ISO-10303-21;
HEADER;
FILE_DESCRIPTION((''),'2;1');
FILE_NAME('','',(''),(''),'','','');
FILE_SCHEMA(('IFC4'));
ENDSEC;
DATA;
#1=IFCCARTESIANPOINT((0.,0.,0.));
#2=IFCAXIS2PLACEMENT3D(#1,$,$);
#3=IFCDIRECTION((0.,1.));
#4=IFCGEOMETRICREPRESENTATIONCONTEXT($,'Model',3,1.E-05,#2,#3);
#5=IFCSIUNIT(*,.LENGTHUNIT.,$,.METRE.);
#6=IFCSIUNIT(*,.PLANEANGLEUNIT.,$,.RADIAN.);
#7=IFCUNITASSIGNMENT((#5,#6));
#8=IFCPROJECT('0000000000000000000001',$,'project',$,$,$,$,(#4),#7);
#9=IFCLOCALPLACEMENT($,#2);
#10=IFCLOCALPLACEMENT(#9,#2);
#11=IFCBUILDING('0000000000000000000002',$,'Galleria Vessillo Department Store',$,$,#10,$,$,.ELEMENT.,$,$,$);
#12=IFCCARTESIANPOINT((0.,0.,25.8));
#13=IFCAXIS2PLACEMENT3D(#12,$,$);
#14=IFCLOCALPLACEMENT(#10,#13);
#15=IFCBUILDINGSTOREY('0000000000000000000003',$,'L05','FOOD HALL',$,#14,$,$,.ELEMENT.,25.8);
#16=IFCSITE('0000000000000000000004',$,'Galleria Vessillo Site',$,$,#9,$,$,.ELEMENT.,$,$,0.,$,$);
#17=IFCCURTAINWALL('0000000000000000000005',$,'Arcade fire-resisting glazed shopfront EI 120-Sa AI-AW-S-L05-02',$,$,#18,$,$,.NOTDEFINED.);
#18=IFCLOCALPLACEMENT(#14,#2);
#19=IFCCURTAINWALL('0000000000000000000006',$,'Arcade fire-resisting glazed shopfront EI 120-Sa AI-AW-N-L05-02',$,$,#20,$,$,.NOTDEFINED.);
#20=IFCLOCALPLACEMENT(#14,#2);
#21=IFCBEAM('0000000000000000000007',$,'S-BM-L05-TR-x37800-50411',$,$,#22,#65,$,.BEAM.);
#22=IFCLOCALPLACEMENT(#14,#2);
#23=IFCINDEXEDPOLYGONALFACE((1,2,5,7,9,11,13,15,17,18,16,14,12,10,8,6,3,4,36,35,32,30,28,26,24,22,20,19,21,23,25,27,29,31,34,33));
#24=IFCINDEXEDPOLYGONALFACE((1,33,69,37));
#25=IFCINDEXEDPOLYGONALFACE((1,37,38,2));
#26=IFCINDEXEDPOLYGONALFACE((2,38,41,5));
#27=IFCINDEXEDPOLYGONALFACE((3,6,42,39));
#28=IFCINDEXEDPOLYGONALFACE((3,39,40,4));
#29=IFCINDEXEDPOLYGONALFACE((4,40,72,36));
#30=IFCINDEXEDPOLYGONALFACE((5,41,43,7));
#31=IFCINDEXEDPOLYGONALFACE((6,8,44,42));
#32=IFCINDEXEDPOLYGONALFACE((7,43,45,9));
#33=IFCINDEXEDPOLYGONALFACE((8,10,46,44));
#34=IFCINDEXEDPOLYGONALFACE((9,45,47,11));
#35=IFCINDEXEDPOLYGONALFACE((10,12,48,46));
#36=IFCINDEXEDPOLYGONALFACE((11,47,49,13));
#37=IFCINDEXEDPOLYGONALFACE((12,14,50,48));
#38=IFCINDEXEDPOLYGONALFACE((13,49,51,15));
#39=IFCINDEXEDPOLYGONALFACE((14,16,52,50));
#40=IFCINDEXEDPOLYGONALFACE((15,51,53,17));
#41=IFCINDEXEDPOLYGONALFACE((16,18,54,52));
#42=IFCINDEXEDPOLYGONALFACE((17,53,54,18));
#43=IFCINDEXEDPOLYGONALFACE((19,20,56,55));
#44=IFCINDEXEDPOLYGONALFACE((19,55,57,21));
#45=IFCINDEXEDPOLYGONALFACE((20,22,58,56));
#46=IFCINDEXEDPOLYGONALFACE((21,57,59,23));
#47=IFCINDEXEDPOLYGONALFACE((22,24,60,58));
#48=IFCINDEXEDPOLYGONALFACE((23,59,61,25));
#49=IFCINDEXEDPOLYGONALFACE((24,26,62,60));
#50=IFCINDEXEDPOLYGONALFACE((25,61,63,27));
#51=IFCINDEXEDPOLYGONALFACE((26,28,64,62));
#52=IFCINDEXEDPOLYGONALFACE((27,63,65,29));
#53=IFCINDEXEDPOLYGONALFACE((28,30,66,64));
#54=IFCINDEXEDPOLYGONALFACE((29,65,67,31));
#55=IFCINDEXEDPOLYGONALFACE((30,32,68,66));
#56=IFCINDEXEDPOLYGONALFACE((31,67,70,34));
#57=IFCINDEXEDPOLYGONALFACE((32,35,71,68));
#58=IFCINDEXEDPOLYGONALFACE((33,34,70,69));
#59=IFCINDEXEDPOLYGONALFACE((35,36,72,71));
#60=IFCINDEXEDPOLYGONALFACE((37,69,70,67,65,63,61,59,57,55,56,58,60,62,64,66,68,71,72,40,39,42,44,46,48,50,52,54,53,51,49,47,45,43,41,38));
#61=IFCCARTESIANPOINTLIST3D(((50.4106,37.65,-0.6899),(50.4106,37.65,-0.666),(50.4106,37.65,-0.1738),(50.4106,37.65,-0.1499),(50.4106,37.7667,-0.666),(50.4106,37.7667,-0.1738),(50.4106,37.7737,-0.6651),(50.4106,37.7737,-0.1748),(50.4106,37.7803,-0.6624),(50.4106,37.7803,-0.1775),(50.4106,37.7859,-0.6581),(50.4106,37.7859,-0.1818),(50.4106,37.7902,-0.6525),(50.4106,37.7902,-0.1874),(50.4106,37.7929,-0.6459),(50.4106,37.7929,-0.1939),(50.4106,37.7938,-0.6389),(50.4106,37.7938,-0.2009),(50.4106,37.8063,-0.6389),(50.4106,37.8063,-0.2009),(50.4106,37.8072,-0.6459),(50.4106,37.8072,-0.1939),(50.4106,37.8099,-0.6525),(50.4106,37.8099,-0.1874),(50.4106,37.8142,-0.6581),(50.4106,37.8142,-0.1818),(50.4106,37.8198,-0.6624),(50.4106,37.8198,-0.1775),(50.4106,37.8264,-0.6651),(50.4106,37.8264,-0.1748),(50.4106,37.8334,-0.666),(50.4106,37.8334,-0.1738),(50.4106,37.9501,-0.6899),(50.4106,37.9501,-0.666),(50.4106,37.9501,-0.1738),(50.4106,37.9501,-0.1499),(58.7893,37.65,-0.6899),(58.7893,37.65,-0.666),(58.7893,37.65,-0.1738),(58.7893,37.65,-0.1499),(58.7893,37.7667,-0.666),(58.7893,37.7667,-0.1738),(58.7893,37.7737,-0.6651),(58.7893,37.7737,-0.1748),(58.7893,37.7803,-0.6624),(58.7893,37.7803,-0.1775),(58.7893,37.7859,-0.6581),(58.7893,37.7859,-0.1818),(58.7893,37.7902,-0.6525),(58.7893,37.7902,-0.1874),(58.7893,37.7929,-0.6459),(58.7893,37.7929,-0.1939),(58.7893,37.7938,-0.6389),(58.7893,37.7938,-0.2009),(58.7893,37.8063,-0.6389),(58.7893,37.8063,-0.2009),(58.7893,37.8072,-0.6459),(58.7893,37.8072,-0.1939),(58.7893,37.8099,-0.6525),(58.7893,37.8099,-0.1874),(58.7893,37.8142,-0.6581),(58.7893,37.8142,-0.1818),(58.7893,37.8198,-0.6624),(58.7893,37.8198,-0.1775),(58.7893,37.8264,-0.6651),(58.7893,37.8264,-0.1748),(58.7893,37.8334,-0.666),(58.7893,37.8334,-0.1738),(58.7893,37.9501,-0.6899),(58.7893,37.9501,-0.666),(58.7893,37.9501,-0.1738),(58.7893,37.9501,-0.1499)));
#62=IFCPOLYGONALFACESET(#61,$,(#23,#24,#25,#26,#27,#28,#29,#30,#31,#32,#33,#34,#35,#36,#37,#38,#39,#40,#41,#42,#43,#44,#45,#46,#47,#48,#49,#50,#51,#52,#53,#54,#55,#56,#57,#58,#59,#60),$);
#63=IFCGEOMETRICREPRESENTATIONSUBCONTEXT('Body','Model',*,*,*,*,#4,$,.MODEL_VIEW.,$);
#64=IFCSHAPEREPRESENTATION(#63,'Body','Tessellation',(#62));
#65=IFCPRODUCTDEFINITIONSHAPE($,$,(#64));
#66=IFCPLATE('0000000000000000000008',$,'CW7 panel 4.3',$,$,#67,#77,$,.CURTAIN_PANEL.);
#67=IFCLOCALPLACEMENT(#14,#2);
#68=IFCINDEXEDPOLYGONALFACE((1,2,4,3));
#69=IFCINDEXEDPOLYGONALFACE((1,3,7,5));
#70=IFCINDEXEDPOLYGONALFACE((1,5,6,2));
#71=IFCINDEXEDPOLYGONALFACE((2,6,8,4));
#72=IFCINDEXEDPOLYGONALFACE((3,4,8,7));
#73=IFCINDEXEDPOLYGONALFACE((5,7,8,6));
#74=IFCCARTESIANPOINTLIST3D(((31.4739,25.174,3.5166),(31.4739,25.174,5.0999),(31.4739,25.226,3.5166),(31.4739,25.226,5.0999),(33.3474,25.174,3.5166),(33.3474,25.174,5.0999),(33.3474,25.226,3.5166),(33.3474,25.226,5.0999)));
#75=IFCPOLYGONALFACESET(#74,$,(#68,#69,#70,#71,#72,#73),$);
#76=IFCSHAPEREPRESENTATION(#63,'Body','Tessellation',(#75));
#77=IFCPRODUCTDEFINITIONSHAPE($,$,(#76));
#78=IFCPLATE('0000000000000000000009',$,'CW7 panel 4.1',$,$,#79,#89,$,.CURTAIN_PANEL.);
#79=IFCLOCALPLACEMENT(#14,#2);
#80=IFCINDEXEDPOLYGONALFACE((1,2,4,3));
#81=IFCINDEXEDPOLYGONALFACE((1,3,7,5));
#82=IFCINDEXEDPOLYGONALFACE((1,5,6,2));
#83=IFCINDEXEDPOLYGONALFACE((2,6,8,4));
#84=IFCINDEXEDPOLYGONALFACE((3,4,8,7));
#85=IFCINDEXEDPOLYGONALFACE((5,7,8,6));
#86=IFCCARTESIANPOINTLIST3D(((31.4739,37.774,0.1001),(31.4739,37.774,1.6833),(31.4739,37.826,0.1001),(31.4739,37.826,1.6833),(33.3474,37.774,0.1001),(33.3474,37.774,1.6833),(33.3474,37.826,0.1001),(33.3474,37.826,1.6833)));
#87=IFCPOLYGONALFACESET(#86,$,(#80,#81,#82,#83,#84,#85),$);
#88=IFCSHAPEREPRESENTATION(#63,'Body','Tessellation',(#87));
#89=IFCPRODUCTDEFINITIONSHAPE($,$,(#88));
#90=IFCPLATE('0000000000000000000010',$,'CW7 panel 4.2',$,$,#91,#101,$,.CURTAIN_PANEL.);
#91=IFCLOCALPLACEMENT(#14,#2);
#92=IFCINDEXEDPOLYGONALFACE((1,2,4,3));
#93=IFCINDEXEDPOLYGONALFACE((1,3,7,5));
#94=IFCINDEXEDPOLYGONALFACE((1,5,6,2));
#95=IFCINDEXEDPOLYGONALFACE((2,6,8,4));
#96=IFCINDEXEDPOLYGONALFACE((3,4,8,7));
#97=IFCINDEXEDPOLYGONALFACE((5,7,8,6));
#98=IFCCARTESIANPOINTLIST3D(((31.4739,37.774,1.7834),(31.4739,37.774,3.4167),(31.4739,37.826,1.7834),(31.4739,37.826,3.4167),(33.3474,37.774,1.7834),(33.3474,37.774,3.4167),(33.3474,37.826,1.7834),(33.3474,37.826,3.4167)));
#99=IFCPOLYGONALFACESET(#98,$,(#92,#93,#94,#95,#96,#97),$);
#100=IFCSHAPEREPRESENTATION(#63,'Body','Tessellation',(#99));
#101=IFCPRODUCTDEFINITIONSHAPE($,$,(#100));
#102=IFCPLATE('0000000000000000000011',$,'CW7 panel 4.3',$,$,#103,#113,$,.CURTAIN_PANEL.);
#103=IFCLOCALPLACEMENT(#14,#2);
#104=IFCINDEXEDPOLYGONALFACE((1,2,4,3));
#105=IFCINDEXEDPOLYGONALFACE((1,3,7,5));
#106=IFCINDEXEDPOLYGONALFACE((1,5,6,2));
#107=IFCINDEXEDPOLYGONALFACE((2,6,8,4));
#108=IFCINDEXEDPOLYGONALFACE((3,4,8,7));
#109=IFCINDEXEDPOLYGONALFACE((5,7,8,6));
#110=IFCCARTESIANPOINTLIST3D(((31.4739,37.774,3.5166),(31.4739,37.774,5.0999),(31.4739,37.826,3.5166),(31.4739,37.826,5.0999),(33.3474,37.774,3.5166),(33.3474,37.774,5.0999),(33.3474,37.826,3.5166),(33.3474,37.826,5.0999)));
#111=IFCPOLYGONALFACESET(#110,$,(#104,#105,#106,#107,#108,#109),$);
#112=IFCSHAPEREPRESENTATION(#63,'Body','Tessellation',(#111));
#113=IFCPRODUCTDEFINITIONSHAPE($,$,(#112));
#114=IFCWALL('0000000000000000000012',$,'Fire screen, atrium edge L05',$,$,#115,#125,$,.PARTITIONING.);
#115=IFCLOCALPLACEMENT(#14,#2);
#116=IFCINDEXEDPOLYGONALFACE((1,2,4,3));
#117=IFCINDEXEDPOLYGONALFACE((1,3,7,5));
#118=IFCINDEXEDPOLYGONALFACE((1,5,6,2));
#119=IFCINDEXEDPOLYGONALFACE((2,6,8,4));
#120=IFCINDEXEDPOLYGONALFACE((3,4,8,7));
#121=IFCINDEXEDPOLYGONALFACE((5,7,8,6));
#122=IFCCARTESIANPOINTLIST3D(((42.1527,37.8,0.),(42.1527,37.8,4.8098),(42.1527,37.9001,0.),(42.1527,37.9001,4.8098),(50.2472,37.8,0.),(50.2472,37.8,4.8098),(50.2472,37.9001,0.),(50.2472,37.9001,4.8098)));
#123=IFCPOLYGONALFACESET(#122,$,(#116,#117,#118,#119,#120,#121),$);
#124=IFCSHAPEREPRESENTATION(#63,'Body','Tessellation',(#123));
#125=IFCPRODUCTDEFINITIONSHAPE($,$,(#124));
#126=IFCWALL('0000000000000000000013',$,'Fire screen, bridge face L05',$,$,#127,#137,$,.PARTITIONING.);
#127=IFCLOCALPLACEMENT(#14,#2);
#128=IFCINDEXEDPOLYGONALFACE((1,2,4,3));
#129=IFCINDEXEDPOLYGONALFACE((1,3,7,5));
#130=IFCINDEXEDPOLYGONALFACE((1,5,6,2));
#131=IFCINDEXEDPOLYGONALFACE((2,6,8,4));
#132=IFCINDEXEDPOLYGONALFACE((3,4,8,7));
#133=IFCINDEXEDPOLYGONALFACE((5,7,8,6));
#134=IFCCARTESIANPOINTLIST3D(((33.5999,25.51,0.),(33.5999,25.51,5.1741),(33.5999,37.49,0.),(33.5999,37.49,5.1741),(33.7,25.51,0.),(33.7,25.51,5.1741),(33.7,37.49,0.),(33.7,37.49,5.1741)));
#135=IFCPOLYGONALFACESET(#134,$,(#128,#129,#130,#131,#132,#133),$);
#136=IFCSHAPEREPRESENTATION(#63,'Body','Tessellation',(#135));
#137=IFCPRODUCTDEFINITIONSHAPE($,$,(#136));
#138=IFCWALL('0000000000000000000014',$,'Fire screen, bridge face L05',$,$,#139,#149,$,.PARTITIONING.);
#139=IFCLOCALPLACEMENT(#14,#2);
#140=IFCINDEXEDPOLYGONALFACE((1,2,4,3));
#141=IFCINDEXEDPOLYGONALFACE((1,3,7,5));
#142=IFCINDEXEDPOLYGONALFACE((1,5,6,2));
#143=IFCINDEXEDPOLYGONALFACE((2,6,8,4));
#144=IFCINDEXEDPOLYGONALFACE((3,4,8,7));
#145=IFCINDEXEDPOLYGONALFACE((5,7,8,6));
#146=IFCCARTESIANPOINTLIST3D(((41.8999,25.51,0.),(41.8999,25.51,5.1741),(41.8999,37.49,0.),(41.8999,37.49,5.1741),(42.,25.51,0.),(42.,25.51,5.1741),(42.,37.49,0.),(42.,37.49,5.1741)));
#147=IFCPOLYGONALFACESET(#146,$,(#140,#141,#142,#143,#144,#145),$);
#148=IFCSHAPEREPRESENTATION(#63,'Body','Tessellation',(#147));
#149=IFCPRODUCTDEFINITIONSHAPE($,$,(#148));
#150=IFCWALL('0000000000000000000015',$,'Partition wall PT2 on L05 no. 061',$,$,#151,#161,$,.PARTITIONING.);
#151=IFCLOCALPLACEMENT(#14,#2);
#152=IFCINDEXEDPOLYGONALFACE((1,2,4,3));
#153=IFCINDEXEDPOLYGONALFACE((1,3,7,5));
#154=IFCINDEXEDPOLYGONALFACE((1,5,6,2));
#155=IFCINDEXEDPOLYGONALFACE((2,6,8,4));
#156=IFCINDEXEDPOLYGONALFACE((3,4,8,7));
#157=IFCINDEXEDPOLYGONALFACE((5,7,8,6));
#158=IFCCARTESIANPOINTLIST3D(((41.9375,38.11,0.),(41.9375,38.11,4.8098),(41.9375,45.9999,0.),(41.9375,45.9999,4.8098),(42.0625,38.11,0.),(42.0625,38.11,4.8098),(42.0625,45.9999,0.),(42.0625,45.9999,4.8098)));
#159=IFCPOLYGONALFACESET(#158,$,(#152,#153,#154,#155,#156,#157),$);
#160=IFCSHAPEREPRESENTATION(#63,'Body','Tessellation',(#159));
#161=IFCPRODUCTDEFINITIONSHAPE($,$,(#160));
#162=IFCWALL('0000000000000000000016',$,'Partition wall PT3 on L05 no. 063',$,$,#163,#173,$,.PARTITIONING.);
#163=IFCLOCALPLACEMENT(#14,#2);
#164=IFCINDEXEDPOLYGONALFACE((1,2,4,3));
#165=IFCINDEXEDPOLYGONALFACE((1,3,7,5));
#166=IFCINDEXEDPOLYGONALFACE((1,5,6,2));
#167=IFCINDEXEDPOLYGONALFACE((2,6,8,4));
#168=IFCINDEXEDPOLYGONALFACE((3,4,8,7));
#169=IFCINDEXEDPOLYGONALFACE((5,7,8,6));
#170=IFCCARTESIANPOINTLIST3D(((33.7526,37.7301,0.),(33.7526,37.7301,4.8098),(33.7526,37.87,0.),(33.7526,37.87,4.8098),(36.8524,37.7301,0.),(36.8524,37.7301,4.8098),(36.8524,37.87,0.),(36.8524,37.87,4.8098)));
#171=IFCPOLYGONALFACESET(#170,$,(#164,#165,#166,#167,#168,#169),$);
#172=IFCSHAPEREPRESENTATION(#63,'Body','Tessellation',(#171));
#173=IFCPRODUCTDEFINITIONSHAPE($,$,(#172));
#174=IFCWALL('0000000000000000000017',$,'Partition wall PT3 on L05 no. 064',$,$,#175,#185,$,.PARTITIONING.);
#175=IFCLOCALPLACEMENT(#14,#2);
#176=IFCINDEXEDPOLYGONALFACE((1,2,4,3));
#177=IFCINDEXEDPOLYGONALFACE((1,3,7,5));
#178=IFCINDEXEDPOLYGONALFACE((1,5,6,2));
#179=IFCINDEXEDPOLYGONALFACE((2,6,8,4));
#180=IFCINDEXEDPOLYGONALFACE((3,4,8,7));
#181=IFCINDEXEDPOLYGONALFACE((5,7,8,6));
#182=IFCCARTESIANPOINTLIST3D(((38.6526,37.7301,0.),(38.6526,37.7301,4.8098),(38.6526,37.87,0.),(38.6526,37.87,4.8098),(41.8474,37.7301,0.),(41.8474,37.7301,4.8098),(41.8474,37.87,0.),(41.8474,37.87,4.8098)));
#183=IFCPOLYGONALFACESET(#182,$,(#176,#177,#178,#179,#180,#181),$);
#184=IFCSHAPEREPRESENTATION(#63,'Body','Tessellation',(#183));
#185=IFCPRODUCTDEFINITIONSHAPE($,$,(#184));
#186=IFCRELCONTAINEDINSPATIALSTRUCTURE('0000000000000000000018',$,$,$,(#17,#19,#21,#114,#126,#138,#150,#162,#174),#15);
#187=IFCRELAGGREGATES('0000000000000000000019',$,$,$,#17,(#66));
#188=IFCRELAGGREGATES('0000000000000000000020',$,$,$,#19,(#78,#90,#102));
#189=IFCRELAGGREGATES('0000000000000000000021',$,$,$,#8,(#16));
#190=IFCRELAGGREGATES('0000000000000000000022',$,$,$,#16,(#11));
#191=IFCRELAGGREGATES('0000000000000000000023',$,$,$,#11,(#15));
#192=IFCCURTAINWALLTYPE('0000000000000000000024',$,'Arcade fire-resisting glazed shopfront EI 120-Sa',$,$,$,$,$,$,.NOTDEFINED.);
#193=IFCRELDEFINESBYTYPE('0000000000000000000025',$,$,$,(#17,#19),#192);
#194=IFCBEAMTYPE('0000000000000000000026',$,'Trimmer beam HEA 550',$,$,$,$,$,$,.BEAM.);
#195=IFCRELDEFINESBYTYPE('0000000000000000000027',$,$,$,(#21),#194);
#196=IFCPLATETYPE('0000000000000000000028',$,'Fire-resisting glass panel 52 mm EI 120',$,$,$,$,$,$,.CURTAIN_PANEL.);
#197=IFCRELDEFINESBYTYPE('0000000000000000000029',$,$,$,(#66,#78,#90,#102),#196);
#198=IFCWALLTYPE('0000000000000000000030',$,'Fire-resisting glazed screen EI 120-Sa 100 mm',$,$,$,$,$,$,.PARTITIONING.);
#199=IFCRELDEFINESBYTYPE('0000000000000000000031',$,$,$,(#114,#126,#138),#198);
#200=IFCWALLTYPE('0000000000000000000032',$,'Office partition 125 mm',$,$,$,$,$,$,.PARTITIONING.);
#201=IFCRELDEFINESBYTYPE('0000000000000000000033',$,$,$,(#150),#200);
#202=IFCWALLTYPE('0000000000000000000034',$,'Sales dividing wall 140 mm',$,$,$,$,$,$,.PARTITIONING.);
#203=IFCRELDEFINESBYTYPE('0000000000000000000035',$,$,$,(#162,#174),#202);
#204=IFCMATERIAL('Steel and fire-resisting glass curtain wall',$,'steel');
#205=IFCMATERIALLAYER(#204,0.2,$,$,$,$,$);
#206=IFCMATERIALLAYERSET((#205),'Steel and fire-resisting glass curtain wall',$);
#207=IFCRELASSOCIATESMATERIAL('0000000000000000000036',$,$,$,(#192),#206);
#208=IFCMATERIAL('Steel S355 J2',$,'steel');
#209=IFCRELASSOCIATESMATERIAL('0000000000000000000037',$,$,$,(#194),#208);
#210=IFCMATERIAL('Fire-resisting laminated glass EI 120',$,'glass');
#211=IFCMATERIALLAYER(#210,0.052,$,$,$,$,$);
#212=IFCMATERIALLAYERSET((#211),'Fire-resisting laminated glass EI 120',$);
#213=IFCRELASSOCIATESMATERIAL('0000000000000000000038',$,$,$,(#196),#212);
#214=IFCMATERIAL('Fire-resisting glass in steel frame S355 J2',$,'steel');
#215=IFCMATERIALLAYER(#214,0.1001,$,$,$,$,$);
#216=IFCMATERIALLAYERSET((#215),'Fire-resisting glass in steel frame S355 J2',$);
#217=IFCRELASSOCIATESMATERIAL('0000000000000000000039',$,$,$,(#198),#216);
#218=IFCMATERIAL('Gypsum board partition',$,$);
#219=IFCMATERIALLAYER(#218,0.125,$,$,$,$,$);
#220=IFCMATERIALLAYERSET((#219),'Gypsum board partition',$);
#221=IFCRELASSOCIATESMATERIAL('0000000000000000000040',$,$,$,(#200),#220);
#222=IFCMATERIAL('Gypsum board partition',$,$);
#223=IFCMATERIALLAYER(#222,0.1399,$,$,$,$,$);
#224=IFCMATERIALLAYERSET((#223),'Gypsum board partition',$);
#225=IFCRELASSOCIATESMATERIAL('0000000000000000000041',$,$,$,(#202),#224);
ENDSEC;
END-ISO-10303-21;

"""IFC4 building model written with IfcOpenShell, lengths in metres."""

from ifc_helpers import new_model, si_unit, direction, frame, frame_2d, origin, origin_2d, place, context, subcontext, project, spatial, rectangle, i_section, extrude, material, layer, layer_set, material_profile, profile_set, type_object, element, aggregate, save


model = new_model("IFC4")

# Units and contexts
model_context = context("Model", 3, precision=1e-05, world=origin(), true_north=direction((0.0, 1.0)))
body_context = subcontext(model_context, "Body", "Model", "MODEL_VIEW")
ifc_project = project(units=[si_unit("LENGTHUNIT", "METRE"), si_unit("PLANEANGLEUNIT", "RADIAN")], contexts=[model_context])

# Site, building, storey
site_placement = place(None, origin())
site = spatial("IfcSite", under=ifc_project, at=site_placement, Name="Galleria Vessillo Site", CompositionType="ELEMENT", RefElevation=0.0)
building_placement = place(site_placement, origin())
building = spatial("IfcBuilding", under=site, at=building_placement, Name="Galleria Vessillo Department Store", CompositionType="ELEMENT")
storey_placement = place(building_placement, frame((0.0, 0.0, 25.8)))
storey = spatial("IfcBuildingStorey", under=building, at=storey_placement, Name="L05", Description="FOOD HALL", CompositionType="ELEMENT", Elevation=25.8)

# Curtain walls
ifc_material_1 = material(Name="Steel and fire-resisting glass curtain wall", Category="steel")
ifc_layer_1 = layer(ifc_material_1, 0.2)
ifc_layer_set_1 = layer_set([ifc_layer_1], Name="Steel and fire-resisting glass curtain wall")
curtain_wall_type = type_object("IfcCurtainWallType", Name="Arcade fire-resisting glazed shopfront EI 120-Sa", PredefinedType="NOTDEFINED", material=ifc_layer_set_1)
curtain_wall_1_placement = place(storey_placement, origin())
curtain_wall_1 = element("IfcCurtainWall", 1, at=curtain_wall_1_placement, inside=storey, type_object=curtain_wall_type, Name="Arcade fire-resisting glazed shopfront EI 120-Sa AI-AW-S-L05-02", PredefinedType="NOTDEFINED")
curtain_wall_2_placement = place(storey_placement, origin())
curtain_wall_2 = element("IfcCurtainWall", 2, at=curtain_wall_2_placement, inside=storey, type_object=curtain_wall_type, Name="Arcade fire-resisting glazed shopfront EI 120-Sa AI-AW-N-L05-02", PredefinedType="NOTDEFINED")

# Beam
ifc_material_2 = material(Name="Steel S355 J2", Category="steel")
ifc_material_profile_1 = material_profile(ifc_material_2, i_section(OverallWidth=0.3, OverallDepth=0.54, WebThickness=0.0125, FlangeThickness=0.0239, FilletRadius=0.0271, at=origin_2d()), Name="HEA 550")
ifc_profile_set_1 = profile_set([ifc_material_profile_1], Name="Steel S355 J2")
beam_type_1 = type_object("IfcBeamType", Name="Trimmer beam HEA 550", PredefinedType="BEAM", material=ifc_profile_set_1)
for number, where, z_axis, x_axis, name in (
    (3, (50.4106, 37.8, -0.4199), (1.0, 0.0, 0.0), (0.0, 1.0, 0.0), "S-BM-L05-TR-x37800-50411"),
):
    element("IfcBeam", number, at=place(storey_placement, frame(where, z_axis=z_axis, x_axis=x_axis)), inside=storey, type_object=beam_type_1, Name=name, PredefinedType="BEAM", context=body_context, shape_type="SweptSolid", body=[
        extrude(i_section(OverallWidth=0.3, OverallDepth=0.54, WebThickness=0.0125, FlangeThickness=0.0239, FilletRadius=0.0271, at=origin_2d()), origin(), (0.0, 0.0, 1.0), 8.3787),
    ])

# Plates
ifc_material_3 = material(Name="Fire-resisting laminated glass EI 120", Category="glass")
ifc_layer_2 = layer(ifc_material_3, 0.052)
ifc_layer_set_2 = layer_set([ifc_layer_2], Name="Fire-resisting laminated glass EI 120")
plate_type = type_object("IfcPlateType", Name="Fire-resisting glass panel 52 mm EI 120", PredefinedType="CURTAIN_PANEL", material=ifc_layer_set_2)
plate_1_placement = place(storey_placement, frame((32.4106, 25.2, 3.5166), z_axis=(0.0, 0.0, 1.0), x_axis=(1.0, 0.0, 0.0)))
plate_1 = element("IfcPlate", 4, at=plate_1_placement, type_object=plate_type, Name="CW7 panel 4.3", PredefinedType="CURTAIN_PANEL", context=body_context, shape_type="SweptSolid", body=[
    extrude(rectangle(XDim=1.8735, YDim=0.052, at=origin_2d()), origin(), (0.0, 0.0, 1.0), 1.5833),
])
aggregate(curtain_wall_1, [plate_1])
plate_2_placement = place(storey_placement, frame((32.4106, 37.8, 0.1001), z_axis=(0.0, 0.0, 1.0), x_axis=(1.0, 0.0, 0.0)))
plate_2 = element("IfcPlate", 5, at=plate_2_placement, type_object=plate_type, Name="CW7 panel 4.1", PredefinedType="CURTAIN_PANEL", context=body_context, shape_type="SweptSolid", body=[
    extrude(rectangle(XDim=1.8735, YDim=0.052, at=origin_2d()), origin(), (0.0, 0.0, 1.0), 1.5833),
])
plate_3_placement = place(storey_placement, frame((32.4106, 37.8, 1.7834), z_axis=(0.0, 0.0, 1.0), x_axis=(1.0, 0.0, 0.0)))
plate_3 = element("IfcPlate", 6, at=plate_3_placement, type_object=plate_type, Name="CW7 panel 4.2", PredefinedType="CURTAIN_PANEL", context=body_context, shape_type="SweptSolid", body=[
    extrude(rectangle(XDim=1.8735, YDim=0.052, at=origin_2d()), origin(), (0.0, 0.0, 1.0), 1.6333),
])
plate_4_placement = place(storey_placement, frame((32.4106, 37.8, 3.5166), z_axis=(0.0, 0.0, 1.0), x_axis=(1.0, 0.0, 0.0)))
plate_4 = element("IfcPlate", 7, at=plate_4_placement, type_object=plate_type, Name="CW7 panel 4.3", PredefinedType="CURTAIN_PANEL", context=body_context, shape_type="SweptSolid", body=[
    extrude(rectangle(XDim=1.8735, YDim=0.052, at=origin_2d()), origin(), (0.0, 0.0, 1.0), 1.5833),
])
aggregate(curtain_wall_2, [plate_2, plate_3, plate_4])

# Walls
ifc_material_4 = material(Name="Fire-resisting glass in steel frame S355 J2", Category="steel")
ifc_layer_3 = layer(ifc_material_4, 0.1001)
ifc_layer_set_3 = layer_set([ifc_layer_3], Name="Fire-resisting glass in steel frame S355 J2")
wall_type_1 = type_object("IfcWallType", Name="Fire-resisting glazed screen EI 120-Sa 100 mm", PredefinedType="PARTITIONING", material=ifc_layer_set_3)
wall_1_placement = place(storey_placement, frame((42.1526, 37.8501, 0.0), z_axis=(0.0, 0.0, 1.0), x_axis=(1.0, 0.0, 0.0)))
element("IfcWall", 8, at=wall_1_placement, inside=storey, type_object=wall_type_1, Name="Fire screen, atrium edge L05", PredefinedType="PARTITIONING", context=body_context, shape_type="SweptSolid", body=[
    extrude(rectangle(XDim=8.0945, YDim=0.1001, at=frame_2d((4.0474, 0.0))), origin(), (0.0, 0.0, 1.0), 4.8098),
])
for number, where, z_axis, x_axis, name in (
    (9, (33.6499, 25.51, 0.0), (0.0, 0.0, 1.0), (0.0, 1.0, 0.0), "Fire screen, bridge face L05"),
    (10, (41.95, 25.51, 0.0), (0.0, 0.0, 1.0), (0.0, 1.0, 0.0), "Fire screen, bridge face L05"),
):
    element("IfcWall", number, at=place(storey_placement, frame(where, z_axis=z_axis, x_axis=x_axis)), inside=storey, type_object=wall_type_1, Name=name, PredefinedType="PARTITIONING", context=body_context, shape_type="SweptSolid", body=[
        extrude(rectangle(XDim=11.98, YDim=0.1001, at=frame_2d((5.99, 0.0))), origin(), (0.0, 0.0, 1.0), 5.1741),
    ])
ifc_material_5 = material(Name="Gypsum board partition")
ifc_layer_4 = layer(ifc_material_5, 0.125)
ifc_layer_set_4 = layer_set([ifc_layer_4], Name="Gypsum board partition")
wall_type_2 = type_object("IfcWallType", Name="Office partition 125 mm", PredefinedType="PARTITIONING", material=ifc_layer_set_4)
wall_2_placement = place(storey_placement, frame((42.0, 38.1101, 0.0), z_axis=(0.0, 0.0, 1.0), x_axis=(0.0, 1.0, 0.0)))
element("IfcWall", 11, at=wall_2_placement, inside=storey, type_object=wall_type_2, Name="Partition wall PT2 on L05 no. 061", PredefinedType="PARTITIONING", context=body_context, shape_type="SweptSolid", body=[
    extrude(rectangle(XDim=7.8899, YDim=0.125, at=frame_2d((3.9448, 0.0))), origin(), (0.0, 0.0, 1.0), 4.8098),
])
ifc_material_6 = material(Name="Gypsum board partition")
ifc_layer_5 = layer(ifc_material_6, 0.1399)
ifc_layer_set_5 = layer_set([ifc_layer_5], Name="Gypsum board partition")
wall_type_3 = type_object("IfcWallType", Name="Sales dividing wall 140 mm", PredefinedType="PARTITIONING", material=ifc_layer_set_5)
wall_3_placement = place(storey_placement, frame((33.7527, 37.8, 0.0), z_axis=(0.0, 0.0, 1.0), x_axis=(1.0, 0.0, 0.0)))
element("IfcWall", 12, at=wall_3_placement, inside=storey, type_object=wall_type_3, Name="Partition wall PT3 on L05 no. 063", PredefinedType="PARTITIONING", context=body_context, shape_type="SweptSolid", body=[
    extrude(rectangle(XDim=3.0999, YDim=0.1399, at=frame_2d((1.5498, 0.0))), origin(), (0.0, 0.0, 1.0), 4.8098),
])
wall_4_placement = place(storey_placement, frame((38.6526, 37.8, 0.0), z_axis=(0.0, 0.0, 1.0), x_axis=(1.0, 0.0, 0.0)))
element("IfcWall", 13, at=wall_4_placement, inside=storey, type_object=wall_type_3, Name="Partition wall PT3 on L05 no. 064", PredefinedType="PARTITIONING", context=body_context, shape_type="SweptSolid", body=[
    extrude(rectangle(XDim=3.1948, YDim=0.1399, at=frame_2d((1.5974, 0.0))), origin(), (0.0, 0.0, 1.0), 4.8098),
])

save(model, "model.ifc")
